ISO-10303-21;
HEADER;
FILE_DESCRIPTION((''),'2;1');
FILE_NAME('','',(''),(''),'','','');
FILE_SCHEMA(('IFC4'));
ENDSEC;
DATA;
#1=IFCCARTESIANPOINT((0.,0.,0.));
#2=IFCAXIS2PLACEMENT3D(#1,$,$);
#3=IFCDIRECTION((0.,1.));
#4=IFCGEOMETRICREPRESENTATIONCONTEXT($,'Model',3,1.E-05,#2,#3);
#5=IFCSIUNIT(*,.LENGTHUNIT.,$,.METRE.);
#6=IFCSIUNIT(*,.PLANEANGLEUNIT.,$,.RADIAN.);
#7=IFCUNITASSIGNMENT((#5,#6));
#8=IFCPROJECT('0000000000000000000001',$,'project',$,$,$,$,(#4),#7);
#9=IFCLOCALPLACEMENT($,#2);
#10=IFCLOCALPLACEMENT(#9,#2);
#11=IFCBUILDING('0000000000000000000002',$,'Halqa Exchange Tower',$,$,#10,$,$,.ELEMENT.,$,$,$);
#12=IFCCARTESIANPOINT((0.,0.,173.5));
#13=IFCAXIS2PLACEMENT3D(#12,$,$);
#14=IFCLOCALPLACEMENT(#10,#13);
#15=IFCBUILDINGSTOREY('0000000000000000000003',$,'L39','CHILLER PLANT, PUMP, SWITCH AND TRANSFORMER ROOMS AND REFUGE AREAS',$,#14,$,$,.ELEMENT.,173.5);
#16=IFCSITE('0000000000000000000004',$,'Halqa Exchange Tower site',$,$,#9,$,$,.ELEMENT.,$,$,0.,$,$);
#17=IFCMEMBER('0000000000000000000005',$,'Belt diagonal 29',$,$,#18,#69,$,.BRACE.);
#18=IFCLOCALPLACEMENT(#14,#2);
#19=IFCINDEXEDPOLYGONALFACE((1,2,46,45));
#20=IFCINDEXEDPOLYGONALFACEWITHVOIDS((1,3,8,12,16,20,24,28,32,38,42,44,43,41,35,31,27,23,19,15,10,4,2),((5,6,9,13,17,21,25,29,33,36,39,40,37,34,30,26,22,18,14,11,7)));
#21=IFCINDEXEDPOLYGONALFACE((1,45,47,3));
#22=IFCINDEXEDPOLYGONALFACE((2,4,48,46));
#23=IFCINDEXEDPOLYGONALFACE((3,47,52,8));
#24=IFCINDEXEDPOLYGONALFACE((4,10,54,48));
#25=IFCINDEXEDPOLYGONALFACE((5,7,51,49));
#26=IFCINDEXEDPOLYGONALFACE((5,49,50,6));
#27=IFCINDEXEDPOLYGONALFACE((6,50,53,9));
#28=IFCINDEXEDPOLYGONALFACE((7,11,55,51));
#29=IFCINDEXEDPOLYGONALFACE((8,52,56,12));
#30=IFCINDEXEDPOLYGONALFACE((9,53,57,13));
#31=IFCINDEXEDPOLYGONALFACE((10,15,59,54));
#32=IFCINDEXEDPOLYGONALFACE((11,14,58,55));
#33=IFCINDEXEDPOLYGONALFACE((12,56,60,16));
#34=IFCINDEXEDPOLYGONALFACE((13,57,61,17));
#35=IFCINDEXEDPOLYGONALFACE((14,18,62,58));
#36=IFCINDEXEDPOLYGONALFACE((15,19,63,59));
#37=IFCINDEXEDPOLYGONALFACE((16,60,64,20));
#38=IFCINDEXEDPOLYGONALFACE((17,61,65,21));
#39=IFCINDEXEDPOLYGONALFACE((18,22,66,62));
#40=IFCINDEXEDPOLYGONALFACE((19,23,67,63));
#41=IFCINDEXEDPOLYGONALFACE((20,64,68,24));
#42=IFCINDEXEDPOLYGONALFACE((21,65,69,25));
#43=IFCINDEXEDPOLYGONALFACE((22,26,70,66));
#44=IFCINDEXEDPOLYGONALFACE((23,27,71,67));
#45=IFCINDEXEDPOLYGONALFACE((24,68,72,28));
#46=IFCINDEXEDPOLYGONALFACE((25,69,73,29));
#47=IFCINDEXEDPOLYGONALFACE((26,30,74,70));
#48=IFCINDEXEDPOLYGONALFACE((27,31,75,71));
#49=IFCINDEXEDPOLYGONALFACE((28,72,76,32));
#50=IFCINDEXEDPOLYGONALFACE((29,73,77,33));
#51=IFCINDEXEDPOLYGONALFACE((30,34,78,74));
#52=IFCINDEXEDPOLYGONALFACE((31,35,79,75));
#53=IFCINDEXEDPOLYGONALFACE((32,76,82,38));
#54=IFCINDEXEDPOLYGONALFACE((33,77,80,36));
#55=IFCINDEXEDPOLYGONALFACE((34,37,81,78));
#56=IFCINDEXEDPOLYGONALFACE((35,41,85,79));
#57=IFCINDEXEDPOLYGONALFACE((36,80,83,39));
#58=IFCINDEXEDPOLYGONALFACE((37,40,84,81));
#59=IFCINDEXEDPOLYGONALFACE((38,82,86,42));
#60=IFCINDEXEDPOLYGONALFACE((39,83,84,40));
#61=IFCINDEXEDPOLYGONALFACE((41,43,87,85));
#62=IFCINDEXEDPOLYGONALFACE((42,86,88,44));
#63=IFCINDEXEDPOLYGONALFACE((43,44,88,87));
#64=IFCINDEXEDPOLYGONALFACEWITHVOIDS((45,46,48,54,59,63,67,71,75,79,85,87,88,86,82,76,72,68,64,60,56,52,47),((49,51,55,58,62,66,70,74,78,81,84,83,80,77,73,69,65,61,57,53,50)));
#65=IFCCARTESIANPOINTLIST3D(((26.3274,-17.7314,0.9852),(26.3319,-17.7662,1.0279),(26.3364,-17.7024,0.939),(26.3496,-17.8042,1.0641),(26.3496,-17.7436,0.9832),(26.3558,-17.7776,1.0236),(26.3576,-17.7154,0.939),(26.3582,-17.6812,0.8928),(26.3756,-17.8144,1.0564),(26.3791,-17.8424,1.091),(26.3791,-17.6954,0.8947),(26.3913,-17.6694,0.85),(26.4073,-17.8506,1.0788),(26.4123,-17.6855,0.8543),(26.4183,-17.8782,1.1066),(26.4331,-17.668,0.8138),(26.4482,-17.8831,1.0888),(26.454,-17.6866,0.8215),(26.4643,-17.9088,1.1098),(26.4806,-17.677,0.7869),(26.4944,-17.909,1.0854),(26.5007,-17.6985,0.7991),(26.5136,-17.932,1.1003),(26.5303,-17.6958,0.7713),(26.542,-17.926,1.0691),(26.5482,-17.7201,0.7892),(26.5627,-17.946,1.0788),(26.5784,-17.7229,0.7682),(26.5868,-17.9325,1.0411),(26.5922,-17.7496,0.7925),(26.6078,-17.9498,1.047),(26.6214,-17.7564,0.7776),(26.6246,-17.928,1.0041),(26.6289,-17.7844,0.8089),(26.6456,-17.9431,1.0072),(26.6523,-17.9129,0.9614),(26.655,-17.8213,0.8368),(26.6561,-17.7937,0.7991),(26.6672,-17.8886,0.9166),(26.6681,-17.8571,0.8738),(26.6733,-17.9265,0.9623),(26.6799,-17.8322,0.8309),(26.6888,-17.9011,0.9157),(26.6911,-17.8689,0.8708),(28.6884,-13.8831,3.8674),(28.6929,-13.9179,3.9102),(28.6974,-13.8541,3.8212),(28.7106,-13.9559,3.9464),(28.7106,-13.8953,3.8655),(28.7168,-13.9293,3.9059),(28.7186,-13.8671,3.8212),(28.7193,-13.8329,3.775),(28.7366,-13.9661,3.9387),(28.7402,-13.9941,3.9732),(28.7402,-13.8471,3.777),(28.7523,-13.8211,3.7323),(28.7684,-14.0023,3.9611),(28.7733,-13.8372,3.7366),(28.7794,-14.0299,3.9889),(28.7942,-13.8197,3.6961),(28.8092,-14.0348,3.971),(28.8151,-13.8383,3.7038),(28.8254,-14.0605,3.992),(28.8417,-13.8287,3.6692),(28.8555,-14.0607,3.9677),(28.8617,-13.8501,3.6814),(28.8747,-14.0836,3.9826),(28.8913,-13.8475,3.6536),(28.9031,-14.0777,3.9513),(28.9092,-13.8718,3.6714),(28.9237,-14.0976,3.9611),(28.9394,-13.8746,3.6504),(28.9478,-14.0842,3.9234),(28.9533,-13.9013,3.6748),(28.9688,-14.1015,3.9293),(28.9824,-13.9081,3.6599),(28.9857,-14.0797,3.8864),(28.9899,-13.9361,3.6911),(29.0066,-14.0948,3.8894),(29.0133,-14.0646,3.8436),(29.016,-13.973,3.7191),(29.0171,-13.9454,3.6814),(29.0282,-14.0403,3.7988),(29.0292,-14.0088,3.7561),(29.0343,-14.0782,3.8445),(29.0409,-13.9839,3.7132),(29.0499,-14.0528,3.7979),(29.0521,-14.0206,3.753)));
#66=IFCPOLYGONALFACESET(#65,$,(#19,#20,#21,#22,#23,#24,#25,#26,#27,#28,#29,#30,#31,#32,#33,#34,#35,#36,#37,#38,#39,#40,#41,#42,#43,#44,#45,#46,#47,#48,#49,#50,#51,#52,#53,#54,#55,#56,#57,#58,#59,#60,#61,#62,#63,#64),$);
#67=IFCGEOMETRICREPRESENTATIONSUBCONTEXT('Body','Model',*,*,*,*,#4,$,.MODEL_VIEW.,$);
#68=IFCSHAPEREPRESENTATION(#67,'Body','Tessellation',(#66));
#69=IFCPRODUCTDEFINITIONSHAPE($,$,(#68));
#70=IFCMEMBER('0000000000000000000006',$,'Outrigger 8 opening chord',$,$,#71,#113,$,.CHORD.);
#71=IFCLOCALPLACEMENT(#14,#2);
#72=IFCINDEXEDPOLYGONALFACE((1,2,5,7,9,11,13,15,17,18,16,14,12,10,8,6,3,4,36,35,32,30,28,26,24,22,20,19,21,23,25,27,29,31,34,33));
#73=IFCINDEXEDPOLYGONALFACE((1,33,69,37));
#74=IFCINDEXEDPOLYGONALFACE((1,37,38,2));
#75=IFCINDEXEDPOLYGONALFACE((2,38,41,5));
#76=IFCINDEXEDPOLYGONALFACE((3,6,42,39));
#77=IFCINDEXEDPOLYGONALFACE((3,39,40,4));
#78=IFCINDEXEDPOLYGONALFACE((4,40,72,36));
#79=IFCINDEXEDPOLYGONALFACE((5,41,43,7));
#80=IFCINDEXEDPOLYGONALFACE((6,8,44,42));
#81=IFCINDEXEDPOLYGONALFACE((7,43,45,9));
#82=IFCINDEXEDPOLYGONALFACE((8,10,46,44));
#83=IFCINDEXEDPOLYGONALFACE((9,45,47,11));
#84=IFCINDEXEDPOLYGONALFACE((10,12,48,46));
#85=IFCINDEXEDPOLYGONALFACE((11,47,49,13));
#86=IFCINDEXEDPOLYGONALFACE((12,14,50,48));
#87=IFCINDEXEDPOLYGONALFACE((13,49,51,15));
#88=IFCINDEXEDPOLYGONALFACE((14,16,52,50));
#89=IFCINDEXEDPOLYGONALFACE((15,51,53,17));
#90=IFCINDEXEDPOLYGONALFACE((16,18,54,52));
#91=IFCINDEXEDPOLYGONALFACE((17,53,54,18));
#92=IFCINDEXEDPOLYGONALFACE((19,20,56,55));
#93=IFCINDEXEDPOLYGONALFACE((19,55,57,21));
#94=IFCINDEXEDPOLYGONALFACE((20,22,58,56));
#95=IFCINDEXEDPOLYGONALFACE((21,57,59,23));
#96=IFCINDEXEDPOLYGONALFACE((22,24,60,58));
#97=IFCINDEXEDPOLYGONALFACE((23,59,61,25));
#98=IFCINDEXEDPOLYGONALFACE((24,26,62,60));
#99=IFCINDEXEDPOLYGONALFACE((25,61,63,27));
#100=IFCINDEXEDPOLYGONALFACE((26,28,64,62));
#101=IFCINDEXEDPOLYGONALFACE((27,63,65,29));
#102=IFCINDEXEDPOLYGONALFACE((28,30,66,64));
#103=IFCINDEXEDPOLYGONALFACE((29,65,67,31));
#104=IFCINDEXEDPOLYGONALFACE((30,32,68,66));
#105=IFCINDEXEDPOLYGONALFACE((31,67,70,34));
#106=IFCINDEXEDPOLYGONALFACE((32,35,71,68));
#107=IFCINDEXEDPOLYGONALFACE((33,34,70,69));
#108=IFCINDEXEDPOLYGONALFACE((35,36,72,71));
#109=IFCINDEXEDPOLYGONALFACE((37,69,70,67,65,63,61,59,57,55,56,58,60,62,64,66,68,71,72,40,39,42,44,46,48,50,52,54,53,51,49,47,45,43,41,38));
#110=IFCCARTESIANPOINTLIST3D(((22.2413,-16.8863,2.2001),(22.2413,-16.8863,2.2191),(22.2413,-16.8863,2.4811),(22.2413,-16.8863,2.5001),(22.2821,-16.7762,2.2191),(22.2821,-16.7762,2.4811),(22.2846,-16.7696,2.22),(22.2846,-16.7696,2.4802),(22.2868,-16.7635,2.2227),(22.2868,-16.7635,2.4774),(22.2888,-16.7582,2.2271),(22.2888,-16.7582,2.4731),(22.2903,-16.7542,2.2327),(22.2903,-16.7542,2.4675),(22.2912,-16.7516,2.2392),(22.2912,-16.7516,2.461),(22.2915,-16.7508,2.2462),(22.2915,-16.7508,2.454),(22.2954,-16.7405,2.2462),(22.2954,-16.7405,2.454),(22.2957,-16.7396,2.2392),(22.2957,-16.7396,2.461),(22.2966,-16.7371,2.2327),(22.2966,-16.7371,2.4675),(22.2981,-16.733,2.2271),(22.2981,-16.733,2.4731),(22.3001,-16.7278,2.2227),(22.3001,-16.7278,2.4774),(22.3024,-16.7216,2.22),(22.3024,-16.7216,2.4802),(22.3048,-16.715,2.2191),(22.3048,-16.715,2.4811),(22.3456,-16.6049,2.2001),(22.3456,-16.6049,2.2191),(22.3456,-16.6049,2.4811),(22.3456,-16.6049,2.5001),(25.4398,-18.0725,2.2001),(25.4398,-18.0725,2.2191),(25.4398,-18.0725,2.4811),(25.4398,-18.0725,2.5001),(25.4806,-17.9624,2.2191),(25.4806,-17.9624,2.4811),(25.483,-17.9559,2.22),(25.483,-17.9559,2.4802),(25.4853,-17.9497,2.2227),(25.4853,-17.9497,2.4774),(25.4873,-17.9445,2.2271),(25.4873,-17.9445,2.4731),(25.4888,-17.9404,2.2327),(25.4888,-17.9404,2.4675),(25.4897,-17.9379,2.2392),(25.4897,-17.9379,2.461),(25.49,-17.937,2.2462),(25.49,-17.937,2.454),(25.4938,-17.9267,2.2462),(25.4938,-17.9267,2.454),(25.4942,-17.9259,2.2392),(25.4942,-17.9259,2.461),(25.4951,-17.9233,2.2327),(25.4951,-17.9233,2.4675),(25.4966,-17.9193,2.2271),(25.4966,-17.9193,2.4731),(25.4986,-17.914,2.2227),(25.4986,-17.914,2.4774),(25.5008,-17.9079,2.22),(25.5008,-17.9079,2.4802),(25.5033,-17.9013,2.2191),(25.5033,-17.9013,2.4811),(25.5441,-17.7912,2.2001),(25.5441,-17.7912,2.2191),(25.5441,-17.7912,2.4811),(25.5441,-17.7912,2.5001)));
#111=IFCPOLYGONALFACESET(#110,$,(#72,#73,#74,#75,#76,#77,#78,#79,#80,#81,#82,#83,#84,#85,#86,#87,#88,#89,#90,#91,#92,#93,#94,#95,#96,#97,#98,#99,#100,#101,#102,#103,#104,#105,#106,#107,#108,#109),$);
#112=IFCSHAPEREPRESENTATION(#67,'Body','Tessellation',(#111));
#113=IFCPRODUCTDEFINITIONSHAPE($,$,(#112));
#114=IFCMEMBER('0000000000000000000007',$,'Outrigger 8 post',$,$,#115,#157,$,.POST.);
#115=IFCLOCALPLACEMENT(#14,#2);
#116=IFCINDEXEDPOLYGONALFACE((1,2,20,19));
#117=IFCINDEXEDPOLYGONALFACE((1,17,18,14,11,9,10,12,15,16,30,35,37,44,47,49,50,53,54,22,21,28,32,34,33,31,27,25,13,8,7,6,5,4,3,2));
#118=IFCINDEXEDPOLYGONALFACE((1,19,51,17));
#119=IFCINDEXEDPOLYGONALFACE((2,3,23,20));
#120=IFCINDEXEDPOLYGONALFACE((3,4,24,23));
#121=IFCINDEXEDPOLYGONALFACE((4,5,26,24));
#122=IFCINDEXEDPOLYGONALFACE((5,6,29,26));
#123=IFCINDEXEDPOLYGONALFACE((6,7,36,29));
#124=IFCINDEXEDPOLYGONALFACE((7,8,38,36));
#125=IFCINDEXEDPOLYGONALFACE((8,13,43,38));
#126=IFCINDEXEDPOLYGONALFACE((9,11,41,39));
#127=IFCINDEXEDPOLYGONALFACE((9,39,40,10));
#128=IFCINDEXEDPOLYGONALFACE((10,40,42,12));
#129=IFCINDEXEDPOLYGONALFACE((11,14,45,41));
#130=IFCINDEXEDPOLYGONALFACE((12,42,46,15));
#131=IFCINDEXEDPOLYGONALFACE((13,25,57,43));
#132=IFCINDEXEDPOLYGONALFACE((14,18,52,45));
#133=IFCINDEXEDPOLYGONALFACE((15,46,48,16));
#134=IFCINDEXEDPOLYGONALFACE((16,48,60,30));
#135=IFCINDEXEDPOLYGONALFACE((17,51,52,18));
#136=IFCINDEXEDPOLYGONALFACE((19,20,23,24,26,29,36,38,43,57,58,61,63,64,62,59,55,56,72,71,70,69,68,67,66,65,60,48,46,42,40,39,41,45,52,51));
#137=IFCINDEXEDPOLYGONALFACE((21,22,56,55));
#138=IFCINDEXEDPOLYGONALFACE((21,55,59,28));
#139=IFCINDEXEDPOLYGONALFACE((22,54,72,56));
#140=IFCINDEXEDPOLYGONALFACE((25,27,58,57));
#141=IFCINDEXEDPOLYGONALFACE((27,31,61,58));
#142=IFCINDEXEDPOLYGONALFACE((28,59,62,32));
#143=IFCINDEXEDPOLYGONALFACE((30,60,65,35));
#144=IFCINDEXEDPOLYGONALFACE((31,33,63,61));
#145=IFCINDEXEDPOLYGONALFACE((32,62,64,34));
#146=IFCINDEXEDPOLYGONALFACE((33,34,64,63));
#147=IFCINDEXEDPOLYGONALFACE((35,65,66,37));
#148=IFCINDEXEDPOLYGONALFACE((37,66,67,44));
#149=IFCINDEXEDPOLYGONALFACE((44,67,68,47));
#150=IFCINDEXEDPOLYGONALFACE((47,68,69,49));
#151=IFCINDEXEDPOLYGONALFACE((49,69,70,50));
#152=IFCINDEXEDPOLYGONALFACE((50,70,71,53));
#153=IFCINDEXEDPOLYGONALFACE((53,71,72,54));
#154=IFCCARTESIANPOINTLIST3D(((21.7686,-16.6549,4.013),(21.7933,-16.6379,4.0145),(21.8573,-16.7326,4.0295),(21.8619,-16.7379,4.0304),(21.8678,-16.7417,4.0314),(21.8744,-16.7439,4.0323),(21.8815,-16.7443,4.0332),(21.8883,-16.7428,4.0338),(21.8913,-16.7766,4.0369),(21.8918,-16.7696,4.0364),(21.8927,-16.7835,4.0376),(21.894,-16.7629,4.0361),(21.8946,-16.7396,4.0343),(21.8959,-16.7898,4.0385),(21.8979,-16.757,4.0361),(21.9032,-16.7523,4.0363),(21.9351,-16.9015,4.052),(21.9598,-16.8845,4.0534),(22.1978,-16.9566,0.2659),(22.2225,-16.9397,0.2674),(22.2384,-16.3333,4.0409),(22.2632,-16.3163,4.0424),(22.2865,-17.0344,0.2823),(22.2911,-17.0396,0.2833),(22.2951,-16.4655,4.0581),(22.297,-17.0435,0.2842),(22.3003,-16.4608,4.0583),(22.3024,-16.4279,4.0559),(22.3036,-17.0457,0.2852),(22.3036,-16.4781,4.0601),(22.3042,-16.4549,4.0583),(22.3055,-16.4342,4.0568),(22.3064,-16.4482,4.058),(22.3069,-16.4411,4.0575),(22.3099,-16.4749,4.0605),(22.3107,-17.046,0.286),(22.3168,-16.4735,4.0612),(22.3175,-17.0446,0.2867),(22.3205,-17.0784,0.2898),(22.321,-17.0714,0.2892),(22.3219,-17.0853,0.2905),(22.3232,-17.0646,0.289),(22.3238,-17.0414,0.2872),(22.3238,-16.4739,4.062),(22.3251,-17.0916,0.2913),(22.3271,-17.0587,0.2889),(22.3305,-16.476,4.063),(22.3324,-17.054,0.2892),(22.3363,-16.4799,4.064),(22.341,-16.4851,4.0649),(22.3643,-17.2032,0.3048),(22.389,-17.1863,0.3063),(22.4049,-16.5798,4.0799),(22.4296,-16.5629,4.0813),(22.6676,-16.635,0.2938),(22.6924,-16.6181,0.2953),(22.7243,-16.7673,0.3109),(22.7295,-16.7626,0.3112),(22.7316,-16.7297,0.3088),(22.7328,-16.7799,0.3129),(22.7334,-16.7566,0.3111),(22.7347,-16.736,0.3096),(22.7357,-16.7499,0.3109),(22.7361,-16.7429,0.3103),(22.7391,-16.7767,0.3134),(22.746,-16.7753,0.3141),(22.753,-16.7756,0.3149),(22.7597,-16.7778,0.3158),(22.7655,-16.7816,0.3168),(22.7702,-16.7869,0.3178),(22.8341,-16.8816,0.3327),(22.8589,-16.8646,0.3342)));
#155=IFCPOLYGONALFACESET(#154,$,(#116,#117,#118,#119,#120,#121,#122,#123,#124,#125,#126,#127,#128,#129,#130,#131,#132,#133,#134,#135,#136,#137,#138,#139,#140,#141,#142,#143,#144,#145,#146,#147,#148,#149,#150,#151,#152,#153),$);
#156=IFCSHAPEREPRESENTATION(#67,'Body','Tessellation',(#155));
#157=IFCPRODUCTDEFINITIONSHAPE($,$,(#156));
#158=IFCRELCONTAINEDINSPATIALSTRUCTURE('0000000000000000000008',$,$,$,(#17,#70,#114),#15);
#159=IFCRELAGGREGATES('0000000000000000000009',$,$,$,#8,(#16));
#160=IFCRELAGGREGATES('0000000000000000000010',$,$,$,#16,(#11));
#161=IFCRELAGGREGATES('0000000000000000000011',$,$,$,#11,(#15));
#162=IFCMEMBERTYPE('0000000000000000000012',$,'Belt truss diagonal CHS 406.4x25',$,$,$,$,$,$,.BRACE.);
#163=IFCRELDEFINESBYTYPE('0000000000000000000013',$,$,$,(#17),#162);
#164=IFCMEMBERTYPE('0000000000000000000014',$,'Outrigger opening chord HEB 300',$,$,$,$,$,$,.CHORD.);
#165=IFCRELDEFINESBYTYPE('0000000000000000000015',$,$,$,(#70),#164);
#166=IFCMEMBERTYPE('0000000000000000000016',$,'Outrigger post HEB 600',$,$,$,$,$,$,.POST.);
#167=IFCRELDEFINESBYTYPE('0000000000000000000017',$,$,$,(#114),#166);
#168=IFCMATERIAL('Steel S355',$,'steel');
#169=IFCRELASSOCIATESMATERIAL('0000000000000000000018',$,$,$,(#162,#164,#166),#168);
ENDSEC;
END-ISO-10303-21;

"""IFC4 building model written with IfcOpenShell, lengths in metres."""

from ifc_helpers import new_model, si_unit, direction, frame, origin, origin_2d, place, context, subcontext, project, spatial, hollow_circle, i_section, extrude, material, material_profile, profile_set, type_object, element, save


model = new_model("IFC4")

# Units and contexts
model_context = context("Model", 3, precision=1e-05, world=origin(), true_north=direction((0.0, 1.0)))
body_context = subcontext(model_context, "Body", "Model", "MODEL_VIEW")
ifc_project = project(units=[si_unit("LENGTHUNIT", "METRE"), si_unit("PLANEANGLEUNIT", "RADIAN")], contexts=[model_context])

# Site, building, storey
site_placement = place(None, origin())
site = spatial("IfcSite", under=ifc_project, at=site_placement, Name="Halqa Exchange Tower site", CompositionType="ELEMENT", RefElevation=0.0)
building_placement = place(site_placement, origin())
building = spatial("IfcBuilding", under=site, at=building_placement, Name="Halqa Exchange Tower", CompositionType="ELEMENT")
storey_placement = place(building_placement, frame((0.0, 0.0, 173.5)))
storey = spatial("IfcBuildingStorey", under=building, at=storey_placement, Name="L39", Description="CHILLER PLANT, PUMP, SWITCH AND TRANSFORMER ROOMS AND REFUGE AREAS", CompositionType="ELEMENT", Elevation=173.5)

# Members
ifc_material_1 = material(Name="Steel S355", Category="steel")
ifc_material_profile_1 = material_profile(ifc_material_1, hollow_circle(Radius=0.2031, WallThickness=0.0249, at=origin_2d()), Name="CHS 406.4x25")
ifc_profile_set_1 = profile_set([ifc_material_profile_1], Name="Steel S355")
member_type_1 = type_object("IfcMemberType", Name="Belt truss diagonal CHS 406.4x25", PredefinedType="BRACE", material=ifc_profile_set_1)
member_1_placement = place(storey_placement, frame((26.5095, -17.8086, 0.939), z_axis=(0.440785, 0.718446, 0.538094), x_axis=(-0.852365, 0.522947, 0.0)))
element("IfcMember", 1, at=member_1_placement, inside=storey, type_object=member_type_1, Name="Belt diagonal 29", PredefinedType="BRACE", context=body_context, shape_type="SweptSolid", body=[
    extrude(hollow_circle(Radius=0.2031, WallThickness=0.0249, at=origin_2d()), origin(), (0.0, 0.0, 1.0), 5.3564),
])
ifc_material_profile_2 = material_profile(ifc_material_1, i_section(OverallWidth=0.3, OverallDepth=0.3, WebThickness=0.011, FlangeThickness=0.019, FilletRadius=0.0271, at=origin_2d()), Name="HEB 300")
ifc_profile_set_2 = profile_set([ifc_material_profile_2], Name="Steel S355")
member_type_2 = type_object("IfcMemberType", Name="Outrigger opening chord HEB 300", PredefinedType="CHORD", material=ifc_profile_set_2)
member_2_placement = place(storey_placement, frame((22.2935, -16.7456, 2.3501), z_axis=(0.937591, -0.347741, 0.0), x_axis=(0.347741, 0.937591, 0.0)))
element("IfcMember", 2, at=member_2_placement, inside=storey, type_object=member_type_2, Name="Outrigger 8 opening chord", PredefinedType="CHORD", context=body_context, shape_type="SweptSolid", body=[
    extrude(i_section(OverallWidth=0.3, OverallDepth=0.3, WebThickness=0.011, FlangeThickness=0.019, FilletRadius=0.0271, at=origin_2d()), origin(), (0.0, 0.0, 1.0), 3.4114),
])
ifc_material_profile_3 = material_profile(ifc_material_1, i_section(OverallWidth=0.3, OverallDepth=0.6001, WebThickness=0.0154, FlangeThickness=0.03, FilletRadius=0.0271, at=origin_2d()), Name="HEB 600")
ifc_profile_set_3 = profile_set([ifc_material_profile_3], Name="Steel S355")
member_type_3 = type_object("IfcMemberType", Name="Outrigger post HEB 600", PredefinedType="POST", material=ifc_profile_set_3)
member_3_placement = place(storey_placement, frame((22.5283, -16.9106, 0.3), z_axis=(-0.113436, 0.079754, 0.990339), x_axis=(0.554834, -0.821784, 0.129732)))
element("IfcMember", 3, at=member_3_placement, inside=storey, type_object=member_type_3, Name="Outrigger 8 post", PredefinedType="POST", context=body_context, shape_type="SweptSolid", body=[
    extrude(i_section(OverallWidth=0.3, OverallDepth=0.6001, WebThickness=0.0154, FlangeThickness=0.03, FilletRadius=0.0271, at=origin_2d()), origin(), (0.0, 0.0, 1.0), 3.7837),
])

save(model, "model.ifc")
